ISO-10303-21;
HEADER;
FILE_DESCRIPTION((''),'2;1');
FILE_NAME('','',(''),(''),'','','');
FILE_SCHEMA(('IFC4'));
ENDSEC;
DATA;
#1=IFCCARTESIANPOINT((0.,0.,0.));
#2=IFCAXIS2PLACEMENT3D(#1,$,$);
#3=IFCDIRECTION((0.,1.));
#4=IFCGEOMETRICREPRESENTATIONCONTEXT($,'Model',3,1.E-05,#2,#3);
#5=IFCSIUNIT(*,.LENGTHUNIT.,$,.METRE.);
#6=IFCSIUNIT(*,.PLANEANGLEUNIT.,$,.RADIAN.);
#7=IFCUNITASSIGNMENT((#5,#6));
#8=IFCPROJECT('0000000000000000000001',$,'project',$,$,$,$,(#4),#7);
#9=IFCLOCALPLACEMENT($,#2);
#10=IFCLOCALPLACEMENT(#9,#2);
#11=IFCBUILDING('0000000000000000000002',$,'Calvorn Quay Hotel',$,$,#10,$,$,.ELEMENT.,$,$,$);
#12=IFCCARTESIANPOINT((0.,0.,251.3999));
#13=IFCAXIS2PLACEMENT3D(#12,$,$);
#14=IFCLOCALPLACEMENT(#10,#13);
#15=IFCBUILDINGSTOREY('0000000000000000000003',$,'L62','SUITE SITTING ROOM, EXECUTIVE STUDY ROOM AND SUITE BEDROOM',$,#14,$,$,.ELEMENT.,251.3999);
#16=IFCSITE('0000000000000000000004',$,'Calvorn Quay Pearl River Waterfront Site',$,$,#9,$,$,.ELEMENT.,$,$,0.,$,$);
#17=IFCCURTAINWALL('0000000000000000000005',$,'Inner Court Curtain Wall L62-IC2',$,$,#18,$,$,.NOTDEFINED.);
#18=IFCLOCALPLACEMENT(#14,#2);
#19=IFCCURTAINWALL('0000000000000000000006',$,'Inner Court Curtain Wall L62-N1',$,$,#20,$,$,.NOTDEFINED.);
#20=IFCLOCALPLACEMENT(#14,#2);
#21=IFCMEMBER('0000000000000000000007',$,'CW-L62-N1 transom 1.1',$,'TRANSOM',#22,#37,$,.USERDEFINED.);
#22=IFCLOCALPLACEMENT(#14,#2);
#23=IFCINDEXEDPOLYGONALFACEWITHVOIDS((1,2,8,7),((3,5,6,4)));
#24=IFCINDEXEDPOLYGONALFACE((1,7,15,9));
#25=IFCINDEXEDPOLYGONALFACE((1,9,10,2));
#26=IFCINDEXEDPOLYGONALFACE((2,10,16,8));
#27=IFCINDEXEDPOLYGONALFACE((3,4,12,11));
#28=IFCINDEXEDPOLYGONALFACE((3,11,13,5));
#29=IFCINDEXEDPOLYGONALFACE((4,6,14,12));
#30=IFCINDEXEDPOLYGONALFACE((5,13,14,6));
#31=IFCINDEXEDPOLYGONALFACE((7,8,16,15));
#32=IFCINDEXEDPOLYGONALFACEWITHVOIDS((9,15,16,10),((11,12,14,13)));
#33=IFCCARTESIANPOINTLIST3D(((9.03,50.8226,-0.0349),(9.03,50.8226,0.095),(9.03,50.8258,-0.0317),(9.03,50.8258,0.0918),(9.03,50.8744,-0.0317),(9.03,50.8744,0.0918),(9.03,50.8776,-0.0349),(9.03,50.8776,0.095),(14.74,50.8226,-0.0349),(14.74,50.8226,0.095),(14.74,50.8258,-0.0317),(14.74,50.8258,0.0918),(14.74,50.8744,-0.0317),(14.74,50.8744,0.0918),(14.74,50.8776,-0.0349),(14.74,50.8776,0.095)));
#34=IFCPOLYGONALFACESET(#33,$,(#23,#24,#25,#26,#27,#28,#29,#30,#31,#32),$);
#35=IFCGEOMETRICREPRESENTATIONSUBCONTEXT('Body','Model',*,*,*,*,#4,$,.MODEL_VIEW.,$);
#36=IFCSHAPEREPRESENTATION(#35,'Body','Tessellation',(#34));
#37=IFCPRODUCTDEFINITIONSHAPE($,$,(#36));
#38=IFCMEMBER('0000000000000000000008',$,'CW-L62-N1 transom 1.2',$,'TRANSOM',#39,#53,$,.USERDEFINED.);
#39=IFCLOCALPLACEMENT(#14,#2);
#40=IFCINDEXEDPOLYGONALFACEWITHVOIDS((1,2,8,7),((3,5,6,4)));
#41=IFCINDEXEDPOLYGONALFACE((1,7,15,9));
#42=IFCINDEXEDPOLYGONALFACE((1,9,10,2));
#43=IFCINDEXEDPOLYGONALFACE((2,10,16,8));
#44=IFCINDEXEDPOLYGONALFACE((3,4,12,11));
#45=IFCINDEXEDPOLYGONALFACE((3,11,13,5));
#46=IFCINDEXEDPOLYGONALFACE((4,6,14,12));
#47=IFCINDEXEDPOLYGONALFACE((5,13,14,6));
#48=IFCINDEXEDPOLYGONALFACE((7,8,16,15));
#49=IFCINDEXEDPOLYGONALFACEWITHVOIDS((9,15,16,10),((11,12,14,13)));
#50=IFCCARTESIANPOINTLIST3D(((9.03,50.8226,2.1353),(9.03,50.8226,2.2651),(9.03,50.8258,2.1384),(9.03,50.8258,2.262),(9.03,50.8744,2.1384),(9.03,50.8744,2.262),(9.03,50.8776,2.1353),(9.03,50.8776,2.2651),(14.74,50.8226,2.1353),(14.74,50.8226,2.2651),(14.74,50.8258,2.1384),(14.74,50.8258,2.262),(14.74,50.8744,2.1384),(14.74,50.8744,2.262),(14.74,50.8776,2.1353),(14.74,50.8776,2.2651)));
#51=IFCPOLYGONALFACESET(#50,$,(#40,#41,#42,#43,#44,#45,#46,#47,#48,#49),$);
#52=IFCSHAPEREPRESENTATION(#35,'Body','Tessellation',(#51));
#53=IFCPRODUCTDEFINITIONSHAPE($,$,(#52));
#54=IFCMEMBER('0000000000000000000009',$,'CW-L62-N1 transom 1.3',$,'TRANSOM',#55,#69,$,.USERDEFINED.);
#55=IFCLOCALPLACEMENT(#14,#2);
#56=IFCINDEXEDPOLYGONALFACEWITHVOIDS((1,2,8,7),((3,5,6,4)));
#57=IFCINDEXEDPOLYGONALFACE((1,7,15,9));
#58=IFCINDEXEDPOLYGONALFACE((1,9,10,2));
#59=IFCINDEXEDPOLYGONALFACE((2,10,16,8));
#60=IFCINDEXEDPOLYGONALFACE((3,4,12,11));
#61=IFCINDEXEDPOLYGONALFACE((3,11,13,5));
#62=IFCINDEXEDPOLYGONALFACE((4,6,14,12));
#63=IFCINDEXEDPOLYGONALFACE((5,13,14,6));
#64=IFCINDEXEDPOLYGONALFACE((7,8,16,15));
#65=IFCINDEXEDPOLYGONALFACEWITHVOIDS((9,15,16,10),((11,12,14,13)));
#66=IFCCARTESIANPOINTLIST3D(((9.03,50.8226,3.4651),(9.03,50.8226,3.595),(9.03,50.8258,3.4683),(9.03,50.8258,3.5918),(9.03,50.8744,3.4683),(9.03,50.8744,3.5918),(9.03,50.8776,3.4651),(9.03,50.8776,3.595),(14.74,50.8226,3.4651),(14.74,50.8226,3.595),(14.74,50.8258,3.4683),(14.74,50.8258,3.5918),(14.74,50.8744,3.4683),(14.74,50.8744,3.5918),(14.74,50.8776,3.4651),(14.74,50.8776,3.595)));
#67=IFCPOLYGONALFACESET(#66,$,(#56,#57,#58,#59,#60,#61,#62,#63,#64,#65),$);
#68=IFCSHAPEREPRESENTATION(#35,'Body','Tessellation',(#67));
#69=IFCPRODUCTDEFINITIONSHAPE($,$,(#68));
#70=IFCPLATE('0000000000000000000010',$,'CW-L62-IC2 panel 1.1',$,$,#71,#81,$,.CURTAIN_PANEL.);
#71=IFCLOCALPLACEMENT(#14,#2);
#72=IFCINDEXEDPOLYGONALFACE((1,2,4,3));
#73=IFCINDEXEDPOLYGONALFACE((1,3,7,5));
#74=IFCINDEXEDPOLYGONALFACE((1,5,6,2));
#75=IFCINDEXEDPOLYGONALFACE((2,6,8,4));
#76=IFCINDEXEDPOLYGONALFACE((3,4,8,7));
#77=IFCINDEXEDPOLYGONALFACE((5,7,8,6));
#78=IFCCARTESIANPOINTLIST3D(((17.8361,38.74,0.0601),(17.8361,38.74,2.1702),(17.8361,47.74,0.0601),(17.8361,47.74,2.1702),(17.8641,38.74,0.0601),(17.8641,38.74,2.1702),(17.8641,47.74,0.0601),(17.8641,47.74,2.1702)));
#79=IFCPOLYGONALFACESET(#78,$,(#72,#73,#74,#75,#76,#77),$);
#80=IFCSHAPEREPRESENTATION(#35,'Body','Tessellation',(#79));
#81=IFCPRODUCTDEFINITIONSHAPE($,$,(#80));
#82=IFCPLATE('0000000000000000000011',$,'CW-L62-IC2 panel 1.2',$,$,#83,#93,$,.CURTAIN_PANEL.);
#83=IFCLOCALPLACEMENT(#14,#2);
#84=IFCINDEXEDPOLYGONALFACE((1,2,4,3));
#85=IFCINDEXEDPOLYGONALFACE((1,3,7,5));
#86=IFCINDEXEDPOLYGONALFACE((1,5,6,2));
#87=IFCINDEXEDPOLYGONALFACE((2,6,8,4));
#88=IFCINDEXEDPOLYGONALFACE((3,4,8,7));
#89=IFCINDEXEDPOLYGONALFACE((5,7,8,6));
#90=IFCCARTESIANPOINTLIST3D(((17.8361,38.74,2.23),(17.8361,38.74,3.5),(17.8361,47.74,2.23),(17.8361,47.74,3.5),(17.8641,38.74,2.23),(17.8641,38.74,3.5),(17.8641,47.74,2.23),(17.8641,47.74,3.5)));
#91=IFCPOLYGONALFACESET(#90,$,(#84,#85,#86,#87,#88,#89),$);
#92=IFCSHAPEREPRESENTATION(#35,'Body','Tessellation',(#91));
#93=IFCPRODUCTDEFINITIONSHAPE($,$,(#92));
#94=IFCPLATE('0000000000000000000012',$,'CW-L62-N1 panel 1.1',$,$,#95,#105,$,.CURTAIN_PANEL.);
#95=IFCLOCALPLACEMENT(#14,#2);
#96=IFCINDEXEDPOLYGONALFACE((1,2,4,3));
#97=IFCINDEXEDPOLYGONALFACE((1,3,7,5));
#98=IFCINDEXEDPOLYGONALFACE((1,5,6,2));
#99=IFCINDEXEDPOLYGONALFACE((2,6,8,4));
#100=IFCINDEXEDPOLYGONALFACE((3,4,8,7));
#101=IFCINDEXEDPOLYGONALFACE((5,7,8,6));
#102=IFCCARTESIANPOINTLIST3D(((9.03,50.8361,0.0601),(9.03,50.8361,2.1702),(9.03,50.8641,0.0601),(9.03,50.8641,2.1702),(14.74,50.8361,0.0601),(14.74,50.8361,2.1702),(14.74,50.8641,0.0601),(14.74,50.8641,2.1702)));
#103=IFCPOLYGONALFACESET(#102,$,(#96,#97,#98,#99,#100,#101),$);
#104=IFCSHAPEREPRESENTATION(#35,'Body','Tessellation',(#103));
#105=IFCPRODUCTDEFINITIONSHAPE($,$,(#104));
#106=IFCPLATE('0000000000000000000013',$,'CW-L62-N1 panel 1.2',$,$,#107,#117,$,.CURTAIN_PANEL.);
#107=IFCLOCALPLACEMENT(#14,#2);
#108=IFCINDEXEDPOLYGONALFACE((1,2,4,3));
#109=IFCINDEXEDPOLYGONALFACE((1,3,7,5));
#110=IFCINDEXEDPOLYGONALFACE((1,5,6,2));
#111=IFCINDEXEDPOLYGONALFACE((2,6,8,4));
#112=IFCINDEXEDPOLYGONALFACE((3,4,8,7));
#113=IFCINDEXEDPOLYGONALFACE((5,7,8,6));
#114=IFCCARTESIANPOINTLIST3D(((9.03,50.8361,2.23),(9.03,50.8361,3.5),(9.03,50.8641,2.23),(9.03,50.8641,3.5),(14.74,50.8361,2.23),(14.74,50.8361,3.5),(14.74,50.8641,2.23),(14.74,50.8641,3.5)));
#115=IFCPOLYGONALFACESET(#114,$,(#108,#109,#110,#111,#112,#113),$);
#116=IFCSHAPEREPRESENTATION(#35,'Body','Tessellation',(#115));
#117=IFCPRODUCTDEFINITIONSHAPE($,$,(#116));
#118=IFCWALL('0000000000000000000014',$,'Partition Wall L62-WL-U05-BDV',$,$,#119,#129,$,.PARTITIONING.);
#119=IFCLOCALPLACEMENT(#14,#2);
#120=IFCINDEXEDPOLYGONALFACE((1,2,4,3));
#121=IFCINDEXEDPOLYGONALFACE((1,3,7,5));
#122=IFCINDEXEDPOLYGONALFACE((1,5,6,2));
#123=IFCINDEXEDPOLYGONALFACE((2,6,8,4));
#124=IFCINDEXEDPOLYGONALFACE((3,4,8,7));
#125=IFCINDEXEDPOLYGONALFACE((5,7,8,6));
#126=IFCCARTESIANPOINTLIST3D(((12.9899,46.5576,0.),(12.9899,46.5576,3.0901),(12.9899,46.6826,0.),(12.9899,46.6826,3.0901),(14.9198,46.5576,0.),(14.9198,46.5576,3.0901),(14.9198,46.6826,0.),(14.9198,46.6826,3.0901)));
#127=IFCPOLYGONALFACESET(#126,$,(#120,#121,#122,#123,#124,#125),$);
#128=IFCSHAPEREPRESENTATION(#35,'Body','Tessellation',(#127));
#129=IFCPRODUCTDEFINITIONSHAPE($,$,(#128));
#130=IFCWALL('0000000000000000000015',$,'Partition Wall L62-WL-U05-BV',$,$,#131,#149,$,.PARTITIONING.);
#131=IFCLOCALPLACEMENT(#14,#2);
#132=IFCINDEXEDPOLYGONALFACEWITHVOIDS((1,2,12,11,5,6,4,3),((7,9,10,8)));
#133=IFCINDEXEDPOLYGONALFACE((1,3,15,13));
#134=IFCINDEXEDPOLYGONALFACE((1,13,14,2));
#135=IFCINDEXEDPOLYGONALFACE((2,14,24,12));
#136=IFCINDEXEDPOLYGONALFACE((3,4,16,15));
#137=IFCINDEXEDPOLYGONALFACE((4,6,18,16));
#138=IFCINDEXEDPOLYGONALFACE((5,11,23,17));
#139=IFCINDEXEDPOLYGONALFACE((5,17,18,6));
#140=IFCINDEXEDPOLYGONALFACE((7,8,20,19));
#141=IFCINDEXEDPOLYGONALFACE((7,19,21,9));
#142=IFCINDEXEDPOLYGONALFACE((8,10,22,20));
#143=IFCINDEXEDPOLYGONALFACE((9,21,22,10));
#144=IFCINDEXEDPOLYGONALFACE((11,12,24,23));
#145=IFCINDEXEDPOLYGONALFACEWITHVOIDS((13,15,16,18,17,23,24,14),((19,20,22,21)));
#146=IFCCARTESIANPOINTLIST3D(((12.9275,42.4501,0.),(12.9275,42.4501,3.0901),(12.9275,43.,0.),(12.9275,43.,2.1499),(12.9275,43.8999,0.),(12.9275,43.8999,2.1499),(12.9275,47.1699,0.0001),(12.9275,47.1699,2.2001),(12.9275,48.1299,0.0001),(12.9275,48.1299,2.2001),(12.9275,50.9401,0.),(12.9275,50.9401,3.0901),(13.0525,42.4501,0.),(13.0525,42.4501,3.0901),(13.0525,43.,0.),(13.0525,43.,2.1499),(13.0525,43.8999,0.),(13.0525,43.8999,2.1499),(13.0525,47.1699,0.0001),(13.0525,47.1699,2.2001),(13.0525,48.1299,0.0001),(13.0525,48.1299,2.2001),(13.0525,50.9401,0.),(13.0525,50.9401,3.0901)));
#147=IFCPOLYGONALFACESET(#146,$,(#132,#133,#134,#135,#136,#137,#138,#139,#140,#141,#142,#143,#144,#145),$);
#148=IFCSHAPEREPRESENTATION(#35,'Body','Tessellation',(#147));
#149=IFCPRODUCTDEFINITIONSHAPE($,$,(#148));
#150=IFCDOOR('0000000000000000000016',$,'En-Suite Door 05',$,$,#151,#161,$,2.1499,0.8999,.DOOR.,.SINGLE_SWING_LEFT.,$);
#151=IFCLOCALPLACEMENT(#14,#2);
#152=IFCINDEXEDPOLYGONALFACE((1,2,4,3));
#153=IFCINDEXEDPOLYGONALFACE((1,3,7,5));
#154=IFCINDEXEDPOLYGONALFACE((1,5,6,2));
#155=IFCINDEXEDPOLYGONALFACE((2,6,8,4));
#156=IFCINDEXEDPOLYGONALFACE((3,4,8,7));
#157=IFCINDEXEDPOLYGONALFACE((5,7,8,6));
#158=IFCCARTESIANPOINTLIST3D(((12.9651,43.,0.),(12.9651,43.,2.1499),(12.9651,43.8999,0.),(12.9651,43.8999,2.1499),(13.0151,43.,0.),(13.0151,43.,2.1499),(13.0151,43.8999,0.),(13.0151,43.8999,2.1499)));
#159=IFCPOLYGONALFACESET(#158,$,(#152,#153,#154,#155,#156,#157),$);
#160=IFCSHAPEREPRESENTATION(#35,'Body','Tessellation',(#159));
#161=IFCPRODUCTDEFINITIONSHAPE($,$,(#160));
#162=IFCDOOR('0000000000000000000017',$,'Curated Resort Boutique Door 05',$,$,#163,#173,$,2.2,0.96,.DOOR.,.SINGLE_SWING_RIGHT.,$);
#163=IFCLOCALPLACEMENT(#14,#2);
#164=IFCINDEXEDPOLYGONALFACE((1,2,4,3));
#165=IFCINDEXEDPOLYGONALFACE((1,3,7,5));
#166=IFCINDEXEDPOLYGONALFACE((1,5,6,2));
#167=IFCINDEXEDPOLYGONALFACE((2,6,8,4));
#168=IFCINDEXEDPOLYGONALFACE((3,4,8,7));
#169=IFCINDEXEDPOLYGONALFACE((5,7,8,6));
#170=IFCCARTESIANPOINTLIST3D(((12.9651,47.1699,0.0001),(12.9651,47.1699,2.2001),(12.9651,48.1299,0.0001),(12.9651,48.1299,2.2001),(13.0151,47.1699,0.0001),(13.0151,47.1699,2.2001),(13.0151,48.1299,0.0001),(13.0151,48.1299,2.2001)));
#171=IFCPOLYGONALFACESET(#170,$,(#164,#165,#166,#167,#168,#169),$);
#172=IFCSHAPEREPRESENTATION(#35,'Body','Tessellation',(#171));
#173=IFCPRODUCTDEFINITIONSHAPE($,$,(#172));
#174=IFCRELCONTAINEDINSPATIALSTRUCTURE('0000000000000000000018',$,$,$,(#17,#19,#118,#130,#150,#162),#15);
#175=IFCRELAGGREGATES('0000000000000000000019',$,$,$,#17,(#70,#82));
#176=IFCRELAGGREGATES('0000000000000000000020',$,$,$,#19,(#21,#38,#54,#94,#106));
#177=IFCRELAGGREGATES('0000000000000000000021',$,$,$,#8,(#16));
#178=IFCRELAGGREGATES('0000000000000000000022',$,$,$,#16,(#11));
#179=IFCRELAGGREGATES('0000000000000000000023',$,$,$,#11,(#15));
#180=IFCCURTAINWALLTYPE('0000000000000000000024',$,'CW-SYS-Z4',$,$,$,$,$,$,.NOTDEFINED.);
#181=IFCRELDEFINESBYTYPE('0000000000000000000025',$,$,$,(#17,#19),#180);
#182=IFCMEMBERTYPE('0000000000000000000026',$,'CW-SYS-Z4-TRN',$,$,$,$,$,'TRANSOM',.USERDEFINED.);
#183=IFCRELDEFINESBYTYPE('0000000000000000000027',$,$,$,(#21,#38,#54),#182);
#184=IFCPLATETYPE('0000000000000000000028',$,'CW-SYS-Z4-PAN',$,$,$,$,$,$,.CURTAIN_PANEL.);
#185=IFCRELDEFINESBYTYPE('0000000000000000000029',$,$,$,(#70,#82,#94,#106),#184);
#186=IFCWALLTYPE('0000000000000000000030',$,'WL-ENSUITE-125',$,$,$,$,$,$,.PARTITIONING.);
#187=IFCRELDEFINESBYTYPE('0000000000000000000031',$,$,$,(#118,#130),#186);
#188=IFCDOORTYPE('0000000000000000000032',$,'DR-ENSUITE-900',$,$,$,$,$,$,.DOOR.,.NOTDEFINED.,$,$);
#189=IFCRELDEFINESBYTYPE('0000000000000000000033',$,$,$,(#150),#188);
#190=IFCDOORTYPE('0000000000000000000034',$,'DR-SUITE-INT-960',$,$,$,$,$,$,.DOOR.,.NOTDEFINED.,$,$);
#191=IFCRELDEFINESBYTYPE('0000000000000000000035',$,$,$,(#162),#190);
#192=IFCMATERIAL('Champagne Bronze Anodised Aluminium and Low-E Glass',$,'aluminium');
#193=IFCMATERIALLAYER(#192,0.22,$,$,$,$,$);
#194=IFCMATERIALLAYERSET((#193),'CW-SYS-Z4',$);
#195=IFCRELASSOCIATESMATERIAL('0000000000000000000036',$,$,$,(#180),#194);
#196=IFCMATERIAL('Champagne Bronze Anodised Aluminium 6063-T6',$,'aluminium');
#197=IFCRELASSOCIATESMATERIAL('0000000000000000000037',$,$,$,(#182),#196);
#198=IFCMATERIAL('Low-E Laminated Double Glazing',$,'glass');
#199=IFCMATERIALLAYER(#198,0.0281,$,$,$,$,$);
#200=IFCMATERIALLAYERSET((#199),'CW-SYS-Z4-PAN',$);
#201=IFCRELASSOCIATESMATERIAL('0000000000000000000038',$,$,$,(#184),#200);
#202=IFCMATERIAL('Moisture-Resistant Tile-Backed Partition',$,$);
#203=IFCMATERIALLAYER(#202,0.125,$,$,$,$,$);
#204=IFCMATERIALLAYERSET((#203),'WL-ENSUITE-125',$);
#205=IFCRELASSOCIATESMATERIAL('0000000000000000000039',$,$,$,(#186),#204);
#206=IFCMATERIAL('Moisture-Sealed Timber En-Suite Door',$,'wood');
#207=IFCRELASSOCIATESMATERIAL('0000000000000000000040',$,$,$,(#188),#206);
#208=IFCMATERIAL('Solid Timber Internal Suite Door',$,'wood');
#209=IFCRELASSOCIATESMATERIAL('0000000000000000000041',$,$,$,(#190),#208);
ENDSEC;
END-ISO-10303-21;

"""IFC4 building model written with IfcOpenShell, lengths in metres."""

from ifc_helpers import new_model, si_unit, direction, frame, frame_2d, origin, origin_2d, place, context, subcontext, project, spatial, rectangle, hollow_rectangle, extrude, material, layer, layer_set, material_profile, profile_set, type_object, element, fill, aggregate, save


model = new_model("IFC4")

# Units and contexts
model_context = context("Model", 3, precision=1e-05, world=origin(), true_north=direction((0.0, 1.0)))
body_context = subcontext(model_context, "Body", "Model", "MODEL_VIEW")
ifc_project = project(units=[si_unit("LENGTHUNIT", "METRE"), si_unit("PLANEANGLEUNIT", "RADIAN")], contexts=[model_context])

# Site, building, storey
site_placement = place(None, origin())
site = spatial("IfcSite", under=ifc_project, at=site_placement, Name="Calvorn Quay Pearl River Waterfront Site", CompositionType="ELEMENT", RefElevation=0.0)
building_placement = place(site_placement, origin())
building = spatial("IfcBuilding", under=site, at=building_placement, Name="Calvorn Quay Hotel", CompositionType="ELEMENT")
storey_placement = place(building_placement, frame((0.0, 0.0, 251.3999)))
storey = spatial("IfcBuildingStorey", under=building, at=storey_placement, Name="L62", Description="SUITE SITTING ROOM, EXECUTIVE STUDY ROOM AND SUITE BEDROOM", CompositionType="ELEMENT", Elevation=251.3999)

# Curtain walls
ifc_material_1 = material(Name="Champagne Bronze Anodised Aluminium and Low-E Glass", Category="aluminium")
ifc_layer_1 = layer(ifc_material_1, 0.22)
ifc_layer_set_1 = layer_set([ifc_layer_1], Name="CW-SYS-Z4")
curtain_wall_type = type_object("IfcCurtainWallType", Name="CW-SYS-Z4", PredefinedType="NOTDEFINED", material=ifc_layer_set_1)
curtain_wall_1_placement = place(storey_placement, origin())
curtain_wall_1 = element("IfcCurtainWall", 1, at=curtain_wall_1_placement, inside=storey, type_object=curtain_wall_type, Name="Inner Court Curtain Wall L62-IC2", PredefinedType="NOTDEFINED")
curtain_wall_2_placement = place(storey_placement, origin())
curtain_wall_2 = element("IfcCurtainWall", 2, at=curtain_wall_2_placement, inside=storey, type_object=curtain_wall_type, Name="Inner Court Curtain Wall L62-N1", PredefinedType="NOTDEFINED")

# Members
ifc_material_2 = material(Name="Champagne Bronze Anodised Aluminium 6063-T6", Category="aluminium")
ifc_material_profile_1 = material_profile(ifc_material_2, hollow_rectangle(XDim=0.0549, YDim=0.1299, WallThickness=0.0032, at=origin_2d()), Name="ALU-T130x55x3.2")
ifc_profile_set_1 = profile_set([ifc_material_profile_1], Name="Champagne Bronze Anodised Aluminium 6063-T6")
member_type_1 = type_object("IfcMemberType", Name="CW-SYS-Z4-TRN", ElementType="TRANSOM", PredefinedType="USERDEFINED", material=ifc_profile_set_1)
member_1_placement = place(storey_placement, frame((14.74, 50.8501, 0.03), z_axis=(-1.0, 0.0, 0.0), x_axis=(0.0, -1.0, 0.0)))
member_1 = element("IfcMember", 3, at=member_1_placement, type_object=member_type_1, Name="CW-L62-N1 transom 1.1", ObjectType="TRANSOM", PredefinedType="USERDEFINED", context=body_context, shape_type="SweptSolid", body=[
    extrude(hollow_rectangle(XDim=0.0549, YDim=0.1299, WallThickness=0.0032, at=origin_2d()), origin(), (0.0, 0.0, 1.0), 5.71),
])
member_2_placement = place(storey_placement, frame((14.74, 50.8501, 2.2002), z_axis=(-1.0, 0.0, 0.0), x_axis=(0.0, -1.0, 0.0)))
member_2 = element("IfcMember", 4, at=member_2_placement, type_object=member_type_1, Name="CW-L62-N1 transom 1.2", ObjectType="TRANSOM", PredefinedType="USERDEFINED", context=body_context, shape_type="SweptSolid", body=[
    extrude(hollow_rectangle(XDim=0.0549, YDim=0.1299, WallThickness=0.0032, at=origin_2d()), origin(), (0.0, 0.0, 1.0), 5.71),
])
member_3_placement = place(storey_placement, frame((14.74, 50.8501, 3.53), z_axis=(-1.0, 0.0, 0.0), x_axis=(0.0, -1.0, 0.0)))
member_3 = element("IfcMember", 5, at=member_3_placement, type_object=member_type_1, Name="CW-L62-N1 transom 1.3", ObjectType="TRANSOM", PredefinedType="USERDEFINED", context=body_context, shape_type="SweptSolid", body=[
    extrude(hollow_rectangle(XDim=0.0549, YDim=0.1299, WallThickness=0.0032, at=origin_2d()), origin(), (0.0, 0.0, 1.0), 5.71),
])

# Plates
ifc_material_3 = material(Name="Low-E Laminated Double Glazing", Category="glass")
ifc_layer_2 = layer(ifc_material_3, 0.0281)
ifc_layer_set_2 = layer_set([ifc_layer_2], Name="CW-SYS-Z4-PAN")
plate_type = type_object("IfcPlateType", Name="CW-SYS-Z4-PAN", PredefinedType="CURTAIN_PANEL", material=ifc_layer_set_2)
plate_1_placement = place(storey_placement, frame((17.8501, 43.24, 0.0601), z_axis=(0.0, 0.0, 1.0), x_axis=(0.0, 1.0, 0.0)))
plate_1 = element("IfcPlate", 6, at=plate_1_placement, type_object=plate_type, Name="CW-L62-IC2 panel 1.1", PredefinedType="CURTAIN_PANEL", context=body_context, shape_type="SweptSolid", body=[
    extrude(rectangle(XDim=9.0, YDim=0.0281, at=origin_2d()), origin(), (0.0, 0.0, 1.0), 2.1101),
])
plate_2_placement = place(storey_placement, frame((17.8501, 43.24, 2.23), z_axis=(0.0, 0.0, 1.0), x_axis=(0.0, 1.0, 0.0)))
plate_2 = element("IfcPlate", 7, at=plate_2_placement, type_object=plate_type, Name="CW-L62-IC2 panel 1.2", PredefinedType="CURTAIN_PANEL", context=body_context, shape_type="SweptSolid", body=[
    extrude(rectangle(XDim=9.0, YDim=0.0281, at=origin_2d()), origin(), (0.0, 0.0, 1.0), 1.27),
])
aggregate(curtain_wall_1, [plate_1, plate_2])
plate_3_placement = place(storey_placement, frame((11.885, 50.8501, 0.0601), z_axis=(0.0, 0.0, 1.0), x_axis=(-1.0, 0.0, 0.0)))
plate_3 = element("IfcPlate", 8, at=plate_3_placement, type_object=plate_type, Name="CW-L62-N1 panel 1.1", PredefinedType="CURTAIN_PANEL", context=body_context, shape_type="SweptSolid", body=[
    extrude(rectangle(XDim=5.71, YDim=0.0281, at=origin_2d()), origin(), (0.0, 0.0, 1.0), 2.1101),
])
plate_4_placement = place(storey_placement, frame((11.885, 50.8501, 2.23), z_axis=(0.0, 0.0, 1.0), x_axis=(-1.0, 0.0, 0.0)))
plate_4 = element("IfcPlate", 9, at=plate_4_placement, type_object=plate_type, Name="CW-L62-N1 panel 1.2", PredefinedType="CURTAIN_PANEL", context=body_context, shape_type="SweptSolid", body=[
    extrude(rectangle(XDim=5.71, YDim=0.0281, at=origin_2d()), origin(), (0.0, 0.0, 1.0), 1.27),
])
aggregate(curtain_wall_2, [member_1, member_2, member_3, plate_3, plate_4])

# Wall
ifc_material_4 = material(Name="Moisture-Resistant Tile-Backed Partition")
ifc_layer_3 = layer(ifc_material_4, 0.125)
ifc_layer_set_3 = layer_set([ifc_layer_3], Name="WL-ENSUITE-125")
wall_type_1 = type_object("IfcWallType", Name="WL-ENSUITE-125", PredefinedType="PARTITIONING", material=ifc_layer_set_3)
wall_1_placement = place(storey_placement, frame((12.99, 46.6201, 0.0), z_axis=(0.0, 0.0, 1.0), x_axis=(1.0, 0.0, 0.0)))
element("IfcWall", 10, at=wall_1_placement, inside=storey, type_object=wall_type_1, Name="Partition Wall L62-WL-U05-BDV", PredefinedType="PARTITIONING", context=body_context, shape_type="SweptSolid", body=[
    extrude(rectangle(XDim=1.9299, YDim=0.125, at=frame_2d((0.9648, 0.0))), origin(), (0.0, 0.0, 1.0), 3.0901),
])

# Wall, openings, doors
wall_2_placement = place(storey_placement, frame((12.99, 42.45, 0.0), z_axis=(0.0, 0.0, 1.0), x_axis=(0.0, 1.0, 0.0)))
wall_2 = element("IfcWall", 11, at=wall_2_placement, inside=storey, type_object=wall_type_1, Name="Partition Wall L62-WL-U05-BV", PredefinedType="PARTITIONING", context=body_context, shape_type="SweptSolid", body=[
    extrude(rectangle(XDim=8.49, YDim=0.125, at=frame_2d((4.2451, 0.0))), origin(), (0.0, 0.0, 1.0), 3.0901),
])
opening_1_placement = place(wall_2_placement, frame((0.55, 0.0, 0.0)))
opening_1 = element("IfcOpeningElement", 12, at=opening_1_placement, cuts=wall_2, PredefinedType="OPENING", context=body_context, shape_type="SweptSolid", body=[
    extrude(rectangle(XDim=0.8999, YDim=2.1499, at=frame_2d((0.45, 1.075))), frame((0.0, 0.0725, 0.0), z_axis=(0.0, -1.0, 0.0), x_axis=(1.0, 0.0, 0.0)), (0.0, 0.0, 1.0), 0.145),
])
opening_2_placement = place(wall_2_placement, frame((4.72, 0.0, 0.0)))
opening_2 = element("IfcOpeningElement", 13, at=opening_2_placement, cuts=wall_2, PredefinedType="OPENING", context=body_context, shape_type="SweptSolid", body=[
    extrude(rectangle(XDim=0.96, YDim=2.2, at=frame_2d((0.48, 1.1001))), frame((0.0, 0.0725, 0.0), z_axis=(0.0, -1.0, 0.0), x_axis=(1.0, 0.0, 0.0)), (0.0, 0.0, 1.0), 0.145),
])
ifc_material_5 = material(Name="Moisture-Sealed Timber En-Suite Door", Category="wood")
door_type_1 = type_object("IfcDoorType", Name="DR-ENSUITE-900", OperationType="NOTDEFINED", PredefinedType="DOOR", material=ifc_material_5)
door_1_placement = place(opening_1_placement, origin())
door_1 = element("IfcDoor", 14, at=door_1_placement, inside=storey, type_object=door_type_1, Name="En-Suite Door 05", OperationType="SINGLE_SWING_LEFT", OverallHeight=2.1499, OverallWidth=0.8999, PredefinedType="DOOR", context=body_context, shape_type="SweptSolid", body=[
    extrude(rectangle(XDim=0.8999, YDim=2.1499, at=frame_2d((0.45, 1.075))), frame((0.0, 0.0249, 0.0), z_axis=(0.0, -1.0, 0.0), x_axis=(1.0, 0.0, 0.0)), (0.0, 0.0, 1.0), 0.05),
])
fill(opening_1, door_1)
ifc_material_6 = material(Name="Solid Timber Internal Suite Door", Category="wood")
door_type_2 = type_object("IfcDoorType", Name="DR-SUITE-INT-960", OperationType="NOTDEFINED", PredefinedType="DOOR", material=ifc_material_6)
door_2_placement = place(opening_2_placement, origin())
door_2 = element("IfcDoor", 15, at=door_2_placement, inside=storey, type_object=door_type_2, Name="Curated Resort Boutique Door 05", OperationType="SINGLE_SWING_RIGHT", OverallHeight=2.2, OverallWidth=0.96, PredefinedType="DOOR", context=body_context, shape_type="SweptSolid", body=[
    extrude(rectangle(XDim=0.96, YDim=2.2, at=frame_2d((0.48, 1.1001))), frame((0.0, 0.0249, 0.0), z_axis=(0.0, -1.0, 0.0), x_axis=(1.0, 0.0, 0.0)), (0.0, 0.0, 1.0), 0.05),
])
fill(opening_2, door_2)

save(model, "model.ifc")
